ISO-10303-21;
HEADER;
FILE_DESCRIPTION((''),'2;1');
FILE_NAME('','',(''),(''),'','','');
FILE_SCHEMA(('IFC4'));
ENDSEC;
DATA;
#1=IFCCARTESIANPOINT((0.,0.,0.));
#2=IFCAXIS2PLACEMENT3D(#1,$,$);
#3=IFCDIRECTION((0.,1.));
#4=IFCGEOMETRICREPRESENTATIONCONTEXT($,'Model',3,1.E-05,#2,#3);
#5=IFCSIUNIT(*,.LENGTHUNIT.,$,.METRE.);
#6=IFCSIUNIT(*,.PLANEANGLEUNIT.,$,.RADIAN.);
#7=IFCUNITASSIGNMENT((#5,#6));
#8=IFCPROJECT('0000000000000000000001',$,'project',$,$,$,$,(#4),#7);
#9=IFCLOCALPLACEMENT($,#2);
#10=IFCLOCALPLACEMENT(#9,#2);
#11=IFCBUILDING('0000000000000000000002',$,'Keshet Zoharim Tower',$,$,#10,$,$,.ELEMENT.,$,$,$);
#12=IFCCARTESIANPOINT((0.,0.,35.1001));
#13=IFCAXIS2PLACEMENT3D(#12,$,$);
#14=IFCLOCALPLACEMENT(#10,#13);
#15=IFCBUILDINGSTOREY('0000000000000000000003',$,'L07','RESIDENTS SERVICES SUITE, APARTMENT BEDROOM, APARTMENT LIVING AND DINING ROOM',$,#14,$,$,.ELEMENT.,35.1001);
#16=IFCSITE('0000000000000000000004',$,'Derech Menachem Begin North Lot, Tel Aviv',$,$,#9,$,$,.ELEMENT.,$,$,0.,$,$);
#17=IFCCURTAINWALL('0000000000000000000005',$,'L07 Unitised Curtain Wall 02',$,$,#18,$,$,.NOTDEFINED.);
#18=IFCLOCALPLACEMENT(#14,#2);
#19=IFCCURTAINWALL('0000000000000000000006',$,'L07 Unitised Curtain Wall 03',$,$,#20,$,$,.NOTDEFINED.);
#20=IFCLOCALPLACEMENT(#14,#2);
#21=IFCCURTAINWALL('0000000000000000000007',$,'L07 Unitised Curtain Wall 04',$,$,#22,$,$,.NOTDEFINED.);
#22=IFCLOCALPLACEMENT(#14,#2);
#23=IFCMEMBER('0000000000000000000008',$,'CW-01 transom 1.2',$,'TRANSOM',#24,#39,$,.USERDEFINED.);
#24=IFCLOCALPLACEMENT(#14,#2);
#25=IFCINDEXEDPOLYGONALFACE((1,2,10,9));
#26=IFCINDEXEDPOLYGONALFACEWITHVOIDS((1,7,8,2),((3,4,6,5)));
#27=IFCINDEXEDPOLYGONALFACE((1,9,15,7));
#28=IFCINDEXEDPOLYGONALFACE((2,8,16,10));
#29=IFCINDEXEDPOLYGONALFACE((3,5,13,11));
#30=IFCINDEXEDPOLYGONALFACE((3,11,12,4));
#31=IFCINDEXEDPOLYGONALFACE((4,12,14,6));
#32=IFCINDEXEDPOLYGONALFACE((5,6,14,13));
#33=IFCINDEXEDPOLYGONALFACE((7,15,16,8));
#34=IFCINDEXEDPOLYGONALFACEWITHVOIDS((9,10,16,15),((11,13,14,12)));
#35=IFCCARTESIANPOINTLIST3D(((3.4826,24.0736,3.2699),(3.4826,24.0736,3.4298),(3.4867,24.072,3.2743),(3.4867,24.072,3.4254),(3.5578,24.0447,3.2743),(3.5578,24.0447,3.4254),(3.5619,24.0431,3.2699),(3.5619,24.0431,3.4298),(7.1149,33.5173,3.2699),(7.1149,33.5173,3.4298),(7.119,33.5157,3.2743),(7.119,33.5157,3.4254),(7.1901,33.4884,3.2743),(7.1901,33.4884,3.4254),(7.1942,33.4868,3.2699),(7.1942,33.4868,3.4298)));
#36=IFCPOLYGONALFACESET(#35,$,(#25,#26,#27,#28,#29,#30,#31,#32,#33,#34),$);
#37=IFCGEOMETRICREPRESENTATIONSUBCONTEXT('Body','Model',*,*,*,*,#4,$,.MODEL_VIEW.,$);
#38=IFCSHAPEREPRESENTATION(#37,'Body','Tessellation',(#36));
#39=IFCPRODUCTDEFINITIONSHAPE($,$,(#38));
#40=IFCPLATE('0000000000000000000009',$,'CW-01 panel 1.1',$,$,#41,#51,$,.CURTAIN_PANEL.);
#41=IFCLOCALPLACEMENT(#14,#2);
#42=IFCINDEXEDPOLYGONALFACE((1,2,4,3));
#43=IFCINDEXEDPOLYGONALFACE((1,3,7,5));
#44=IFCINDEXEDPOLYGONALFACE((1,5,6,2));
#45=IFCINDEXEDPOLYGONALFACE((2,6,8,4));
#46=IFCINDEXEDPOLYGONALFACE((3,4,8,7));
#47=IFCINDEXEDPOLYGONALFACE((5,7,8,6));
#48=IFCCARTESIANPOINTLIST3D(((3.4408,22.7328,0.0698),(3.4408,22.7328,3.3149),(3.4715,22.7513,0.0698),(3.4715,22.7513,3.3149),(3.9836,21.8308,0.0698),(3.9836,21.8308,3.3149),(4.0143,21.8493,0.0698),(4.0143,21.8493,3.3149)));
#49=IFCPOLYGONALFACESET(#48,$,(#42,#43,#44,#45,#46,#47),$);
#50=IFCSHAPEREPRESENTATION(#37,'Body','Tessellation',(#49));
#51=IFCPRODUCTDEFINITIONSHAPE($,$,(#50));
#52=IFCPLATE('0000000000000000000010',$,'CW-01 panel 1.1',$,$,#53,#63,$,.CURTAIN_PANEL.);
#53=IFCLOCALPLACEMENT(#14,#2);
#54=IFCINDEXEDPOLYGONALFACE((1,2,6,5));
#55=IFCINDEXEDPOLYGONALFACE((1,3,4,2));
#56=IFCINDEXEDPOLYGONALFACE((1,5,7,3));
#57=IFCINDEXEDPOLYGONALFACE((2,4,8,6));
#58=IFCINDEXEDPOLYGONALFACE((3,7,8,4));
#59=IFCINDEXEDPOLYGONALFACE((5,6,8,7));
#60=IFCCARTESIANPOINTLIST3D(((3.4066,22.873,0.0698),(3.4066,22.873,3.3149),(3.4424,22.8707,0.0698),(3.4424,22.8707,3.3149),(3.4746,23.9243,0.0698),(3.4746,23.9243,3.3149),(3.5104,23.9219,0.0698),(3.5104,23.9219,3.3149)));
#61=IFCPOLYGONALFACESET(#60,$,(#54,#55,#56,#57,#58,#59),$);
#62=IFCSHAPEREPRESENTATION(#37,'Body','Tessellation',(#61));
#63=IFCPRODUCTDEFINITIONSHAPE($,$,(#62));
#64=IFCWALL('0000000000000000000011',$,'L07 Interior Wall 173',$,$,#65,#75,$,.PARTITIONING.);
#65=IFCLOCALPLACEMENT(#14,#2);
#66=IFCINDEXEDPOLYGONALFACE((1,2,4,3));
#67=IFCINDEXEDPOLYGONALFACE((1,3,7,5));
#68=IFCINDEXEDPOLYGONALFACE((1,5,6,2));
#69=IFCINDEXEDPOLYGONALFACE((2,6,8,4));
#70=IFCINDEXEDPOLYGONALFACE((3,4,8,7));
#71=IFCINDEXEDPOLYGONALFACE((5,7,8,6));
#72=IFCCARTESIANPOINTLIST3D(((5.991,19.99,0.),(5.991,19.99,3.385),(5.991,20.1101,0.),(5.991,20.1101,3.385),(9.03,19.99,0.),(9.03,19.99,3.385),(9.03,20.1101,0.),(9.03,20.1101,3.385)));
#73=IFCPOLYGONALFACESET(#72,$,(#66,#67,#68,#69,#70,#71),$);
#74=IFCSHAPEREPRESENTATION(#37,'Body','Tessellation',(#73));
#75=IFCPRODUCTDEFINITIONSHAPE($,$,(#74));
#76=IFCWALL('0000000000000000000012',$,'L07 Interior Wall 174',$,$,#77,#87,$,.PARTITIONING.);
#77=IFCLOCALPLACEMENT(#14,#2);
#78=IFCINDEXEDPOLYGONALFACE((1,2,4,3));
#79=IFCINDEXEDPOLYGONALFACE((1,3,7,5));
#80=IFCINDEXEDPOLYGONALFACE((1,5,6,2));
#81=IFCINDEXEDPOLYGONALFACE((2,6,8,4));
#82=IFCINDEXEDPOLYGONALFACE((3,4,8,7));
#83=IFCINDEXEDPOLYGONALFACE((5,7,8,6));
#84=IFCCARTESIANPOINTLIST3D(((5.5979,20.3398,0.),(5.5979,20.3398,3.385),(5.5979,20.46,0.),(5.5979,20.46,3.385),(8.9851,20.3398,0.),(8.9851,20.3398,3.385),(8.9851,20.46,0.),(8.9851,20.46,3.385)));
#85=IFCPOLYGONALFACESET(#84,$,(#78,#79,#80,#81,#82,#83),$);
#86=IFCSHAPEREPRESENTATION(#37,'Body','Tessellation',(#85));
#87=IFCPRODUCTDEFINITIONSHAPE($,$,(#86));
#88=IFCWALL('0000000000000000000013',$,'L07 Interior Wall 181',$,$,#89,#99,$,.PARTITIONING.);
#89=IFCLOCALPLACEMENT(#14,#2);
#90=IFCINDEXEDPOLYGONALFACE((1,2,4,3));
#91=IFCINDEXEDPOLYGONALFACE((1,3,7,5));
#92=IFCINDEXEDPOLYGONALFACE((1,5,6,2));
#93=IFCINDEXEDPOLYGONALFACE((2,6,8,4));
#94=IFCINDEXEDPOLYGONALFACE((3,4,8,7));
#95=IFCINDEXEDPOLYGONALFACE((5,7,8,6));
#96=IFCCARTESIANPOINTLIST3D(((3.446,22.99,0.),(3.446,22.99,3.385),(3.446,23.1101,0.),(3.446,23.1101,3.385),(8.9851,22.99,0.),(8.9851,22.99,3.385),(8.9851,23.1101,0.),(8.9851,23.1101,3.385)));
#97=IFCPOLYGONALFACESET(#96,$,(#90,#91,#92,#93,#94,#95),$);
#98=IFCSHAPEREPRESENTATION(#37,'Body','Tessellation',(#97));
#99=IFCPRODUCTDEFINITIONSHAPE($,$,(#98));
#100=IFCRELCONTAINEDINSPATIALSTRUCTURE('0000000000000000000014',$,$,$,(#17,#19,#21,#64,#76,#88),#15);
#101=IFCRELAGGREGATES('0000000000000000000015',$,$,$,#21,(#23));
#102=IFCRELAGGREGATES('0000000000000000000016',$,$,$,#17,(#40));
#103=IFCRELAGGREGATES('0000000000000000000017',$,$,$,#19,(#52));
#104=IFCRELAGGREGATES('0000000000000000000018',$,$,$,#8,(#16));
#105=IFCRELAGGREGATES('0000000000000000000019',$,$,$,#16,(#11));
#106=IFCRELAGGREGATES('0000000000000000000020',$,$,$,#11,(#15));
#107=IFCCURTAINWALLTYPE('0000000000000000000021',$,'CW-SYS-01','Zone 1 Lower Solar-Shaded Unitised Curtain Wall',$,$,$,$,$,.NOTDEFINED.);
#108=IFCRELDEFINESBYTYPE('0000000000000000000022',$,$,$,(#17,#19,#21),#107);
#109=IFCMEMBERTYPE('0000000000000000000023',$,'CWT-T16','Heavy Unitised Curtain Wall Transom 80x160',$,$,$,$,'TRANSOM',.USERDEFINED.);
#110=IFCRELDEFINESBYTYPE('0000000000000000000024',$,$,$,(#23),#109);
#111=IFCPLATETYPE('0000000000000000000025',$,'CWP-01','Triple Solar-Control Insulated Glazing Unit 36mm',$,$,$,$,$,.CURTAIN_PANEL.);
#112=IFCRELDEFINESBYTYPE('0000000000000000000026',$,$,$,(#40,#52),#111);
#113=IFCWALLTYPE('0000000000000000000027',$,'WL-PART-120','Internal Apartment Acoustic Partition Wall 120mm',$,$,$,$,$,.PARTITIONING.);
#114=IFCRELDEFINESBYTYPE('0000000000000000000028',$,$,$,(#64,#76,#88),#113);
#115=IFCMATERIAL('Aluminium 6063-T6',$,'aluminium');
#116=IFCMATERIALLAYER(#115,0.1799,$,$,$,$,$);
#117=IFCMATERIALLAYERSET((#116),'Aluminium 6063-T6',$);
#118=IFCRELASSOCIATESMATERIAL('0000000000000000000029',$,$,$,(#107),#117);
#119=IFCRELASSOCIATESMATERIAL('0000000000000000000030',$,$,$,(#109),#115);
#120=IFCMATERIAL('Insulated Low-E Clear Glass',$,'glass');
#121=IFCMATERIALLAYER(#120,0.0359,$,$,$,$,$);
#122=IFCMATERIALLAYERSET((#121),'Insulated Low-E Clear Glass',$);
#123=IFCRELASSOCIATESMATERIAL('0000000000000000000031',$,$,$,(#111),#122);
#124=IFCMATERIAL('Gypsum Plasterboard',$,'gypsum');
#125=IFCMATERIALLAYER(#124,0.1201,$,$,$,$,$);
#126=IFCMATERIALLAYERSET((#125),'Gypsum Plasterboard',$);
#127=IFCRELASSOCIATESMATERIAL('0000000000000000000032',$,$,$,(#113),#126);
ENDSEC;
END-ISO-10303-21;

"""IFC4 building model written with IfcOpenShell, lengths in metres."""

from ifc_helpers import new_model, si_unit, direction, frame, frame_2d, origin, origin_2d, place, context, subcontext, project, spatial, rectangle, hollow_rectangle, extrude, material, layer, layer_set, material_profile, profile_set, type_object, element, aggregate, save


model = new_model("IFC4")

# Units and contexts
model_context = context("Model", 3, precision=1e-05, world=origin(), true_north=direction((0.0, 1.0)))
body_context = subcontext(model_context, "Body", "Model", "MODEL_VIEW")
ifc_project = project(units=[si_unit("LENGTHUNIT", "METRE"), si_unit("PLANEANGLEUNIT", "RADIAN")], contexts=[model_context])

# Site, building, storey
site_placement = place(None, origin())
site = spatial("IfcSite", under=ifc_project, at=site_placement, Name="Derech Menachem Begin North Lot, Tel Aviv", CompositionType="ELEMENT", RefElevation=0.0)
building_placement = place(site_placement, origin())
building = spatial("IfcBuilding", under=site, at=building_placement, Name="Keshet Zoharim Tower", CompositionType="ELEMENT")
storey_placement = place(building_placement, frame((0.0, 0.0, 35.1001)))
storey = spatial("IfcBuildingStorey", under=building, at=storey_placement, Name="L07", Description="RESIDENTS SERVICES SUITE, APARTMENT BEDROOM, APARTMENT LIVING AND DINING ROOM", CompositionType="ELEMENT", Elevation=35.1001)

# Shared definitions
ifc_material_1 = material(Name="Aluminium 6063-T6", Category="aluminium")
ifc_layer_1 = layer(ifc_material_1, 0.1799)
ifc_layer_set_1 = layer_set([ifc_layer_1], Name="Aluminium 6063-T6")
curtain_wall_type = type_object("IfcCurtainWallType", Name="CW-SYS-01", Description="Zone 1 Lower Solar-Shaded Unitised Curtain Wall", PredefinedType="NOTDEFINED", material=ifc_layer_set_1)

# Curtain walls
curtain_wall_1_placement = place(storey_placement, origin())
curtain_wall_1 = element("IfcCurtainWall", 1, at=curtain_wall_1_placement, inside=storey, type_object=curtain_wall_type, Name="L07 Unitised Curtain Wall 02", PredefinedType="NOTDEFINED")
curtain_wall_2_placement = place(storey_placement, origin())
curtain_wall_2 = element("IfcCurtainWall", 2, at=curtain_wall_2_placement, inside=storey, type_object=curtain_wall_type, Name="L07 Unitised Curtain Wall 03", PredefinedType="NOTDEFINED")

# Curtain wall
curtain_wall_3_placement = place(storey_placement, origin())
curtain_wall_3 = element("IfcCurtainWall", 3, at=curtain_wall_3_placement, inside=storey, type_object=curtain_wall_type, Name="L07 Unitised Curtain Wall 04", PredefinedType="NOTDEFINED")

# Member
ifc_material_profile_1 = material_profile(ifc_material_1, hollow_rectangle(XDim=0.085, YDim=0.1599, WallThickness=0.0044, at=origin_2d()), Name="TRN-85x160")
ifc_profile_set_1 = profile_set([ifc_material_profile_1], Name="Aluminium 6063-T6")
member_type_1 = type_object("IfcMemberType", Name="CWT-T16", Description="Heavy Unitised Curtain Wall Transom 80x160", ElementType="TRANSOM", PredefinedType="USERDEFINED", material=ifc_profile_set_1)
member_1_placement = place(storey_placement, frame((3.5222, 24.0583, 3.3499), z_axis=(0.358994, 0.93334, 0.0), x_axis=(-0.93334, 0.358994, 0.0)))
member_1 = element("IfcMember", 4, at=member_1_placement, type_object=member_type_1, Name="CW-01 transom 1.2", ObjectType="TRANSOM", PredefinedType="USERDEFINED", context=body_context, shape_type="SweptSolid", body=[
    extrude(hollow_rectangle(XDim=0.085, YDim=0.1599, WallThickness=0.0044, at=origin_2d()), origin(), (0.0, 0.0, 1.0), 10.1182),
])
aggregate(curtain_wall_3, [member_1])

# Plates
ifc_material_2 = material(Name="Insulated Low-E Clear Glass", Category="glass")
ifc_layer_2 = layer(ifc_material_2, 0.0359)
ifc_layer_set_2 = layer_set([ifc_layer_2], Name="Insulated Low-E Clear Glass")
plate_type = type_object("IfcPlateType", Name="CWP-01", Description="Triple Solar-Control Insulated Glazing Unit 36mm", PredefinedType="CURTAIN_PANEL", material=ifc_layer_set_2)
plate_1_placement = place(storey_placement, frame((3.7275, 22.291, 0.0698), z_axis=(0.0, 0.0, 1.0), x_axis=(-0.515605, 0.856826, 0.0)))
plate_1 = element("IfcPlate", 5, at=plate_1_placement, type_object=plate_type, Name="CW-01 panel 1.1", PredefinedType="CURTAIN_PANEL", context=body_context, shape_type="SweptSolid", body=[
    extrude(rectangle(XDim=1.0527, YDim=0.0359, at=origin_2d()), origin(), (0.0, 0.0, 1.0), 3.2451),
])
aggregate(curtain_wall_1, [plate_1])
plate_2_placement = place(storey_placement, frame((3.4585, 23.3975, 0.0698), z_axis=(0.0, 0.0, 1.0), x_axis=(0.064517, 0.997917, 0.0)))
plate_2 = element("IfcPlate", 6, at=plate_2_placement, type_object=plate_type, Name="CW-01 panel 1.1", PredefinedType="CURTAIN_PANEL", context=body_context, shape_type="SweptSolid", body=[
    extrude(rectangle(XDim=1.0535, YDim=0.0359, at=origin_2d()), origin(), (0.0, 0.0, 1.0), 3.2451),
])
aggregate(curtain_wall_2, [plate_2])

# Shared definitions
ifc_material_3 = material(Name="Gypsum Plasterboard", Category="gypsum")
ifc_layer_3 = layer(ifc_material_3, 0.1201)
ifc_layer_set_3 = layer_set([ifc_layer_3], Name="Gypsum Plasterboard")
wall_type = type_object("IfcWallType", Name="WL-PART-120", Description="Internal Apartment Acoustic Partition Wall 120mm", PredefinedType="PARTITIONING", material=ifc_layer_set_3)

# Walls
wall_1_placement = place(storey_placement, frame((5.991, 20.05, 0.0), z_axis=(0.0, 0.0, 1.0), x_axis=(1.0, 0.0, 0.0)))
element("IfcWall", 7, at=wall_1_placement, inside=storey, type_object=wall_type, Name="L07 Interior Wall 173", PredefinedType="PARTITIONING", context=body_context, shape_type="SweptSolid", body=[
    extrude(rectangle(XDim=3.0391, YDim=0.1201, at=frame_2d((1.5195, 0.0))), origin(), (0.0, 0.0, 1.0), 3.385),
])
wall_2_placement = place(storey_placement, frame((5.5979, 20.3999, 0.0), z_axis=(0.0, 0.0, 1.0), x_axis=(1.0, 0.0, 0.0)))
element("IfcWall", 8, at=wall_2_placement, inside=storey, type_object=wall_type, Name="L07 Interior Wall 174", PredefinedType="PARTITIONING", context=body_context, shape_type="SweptSolid", body=[
    extrude(rectangle(XDim=3.3872, YDim=0.1201, at=frame_2d((1.6936, 0.0))), origin(), (0.0, 0.0, 1.0), 3.385),
])
wall_3_placement = place(storey_placement, frame((3.446, 23.05, 0.0), z_axis=(0.0, 0.0, 1.0), x_axis=(1.0, 0.0, 0.0)))
element("IfcWall", 9, at=wall_3_placement, inside=storey, type_object=wall_type, Name="L07 Interior Wall 181", PredefinedType="PARTITIONING", context=body_context, shape_type="SweptSolid", body=[
    extrude(rectangle(XDim=5.5391, YDim=0.1201, at=frame_2d((2.7695, 0.0))), origin(), (0.0, 0.0, 1.0), 3.385),
])

save(model, "model.ifc")
